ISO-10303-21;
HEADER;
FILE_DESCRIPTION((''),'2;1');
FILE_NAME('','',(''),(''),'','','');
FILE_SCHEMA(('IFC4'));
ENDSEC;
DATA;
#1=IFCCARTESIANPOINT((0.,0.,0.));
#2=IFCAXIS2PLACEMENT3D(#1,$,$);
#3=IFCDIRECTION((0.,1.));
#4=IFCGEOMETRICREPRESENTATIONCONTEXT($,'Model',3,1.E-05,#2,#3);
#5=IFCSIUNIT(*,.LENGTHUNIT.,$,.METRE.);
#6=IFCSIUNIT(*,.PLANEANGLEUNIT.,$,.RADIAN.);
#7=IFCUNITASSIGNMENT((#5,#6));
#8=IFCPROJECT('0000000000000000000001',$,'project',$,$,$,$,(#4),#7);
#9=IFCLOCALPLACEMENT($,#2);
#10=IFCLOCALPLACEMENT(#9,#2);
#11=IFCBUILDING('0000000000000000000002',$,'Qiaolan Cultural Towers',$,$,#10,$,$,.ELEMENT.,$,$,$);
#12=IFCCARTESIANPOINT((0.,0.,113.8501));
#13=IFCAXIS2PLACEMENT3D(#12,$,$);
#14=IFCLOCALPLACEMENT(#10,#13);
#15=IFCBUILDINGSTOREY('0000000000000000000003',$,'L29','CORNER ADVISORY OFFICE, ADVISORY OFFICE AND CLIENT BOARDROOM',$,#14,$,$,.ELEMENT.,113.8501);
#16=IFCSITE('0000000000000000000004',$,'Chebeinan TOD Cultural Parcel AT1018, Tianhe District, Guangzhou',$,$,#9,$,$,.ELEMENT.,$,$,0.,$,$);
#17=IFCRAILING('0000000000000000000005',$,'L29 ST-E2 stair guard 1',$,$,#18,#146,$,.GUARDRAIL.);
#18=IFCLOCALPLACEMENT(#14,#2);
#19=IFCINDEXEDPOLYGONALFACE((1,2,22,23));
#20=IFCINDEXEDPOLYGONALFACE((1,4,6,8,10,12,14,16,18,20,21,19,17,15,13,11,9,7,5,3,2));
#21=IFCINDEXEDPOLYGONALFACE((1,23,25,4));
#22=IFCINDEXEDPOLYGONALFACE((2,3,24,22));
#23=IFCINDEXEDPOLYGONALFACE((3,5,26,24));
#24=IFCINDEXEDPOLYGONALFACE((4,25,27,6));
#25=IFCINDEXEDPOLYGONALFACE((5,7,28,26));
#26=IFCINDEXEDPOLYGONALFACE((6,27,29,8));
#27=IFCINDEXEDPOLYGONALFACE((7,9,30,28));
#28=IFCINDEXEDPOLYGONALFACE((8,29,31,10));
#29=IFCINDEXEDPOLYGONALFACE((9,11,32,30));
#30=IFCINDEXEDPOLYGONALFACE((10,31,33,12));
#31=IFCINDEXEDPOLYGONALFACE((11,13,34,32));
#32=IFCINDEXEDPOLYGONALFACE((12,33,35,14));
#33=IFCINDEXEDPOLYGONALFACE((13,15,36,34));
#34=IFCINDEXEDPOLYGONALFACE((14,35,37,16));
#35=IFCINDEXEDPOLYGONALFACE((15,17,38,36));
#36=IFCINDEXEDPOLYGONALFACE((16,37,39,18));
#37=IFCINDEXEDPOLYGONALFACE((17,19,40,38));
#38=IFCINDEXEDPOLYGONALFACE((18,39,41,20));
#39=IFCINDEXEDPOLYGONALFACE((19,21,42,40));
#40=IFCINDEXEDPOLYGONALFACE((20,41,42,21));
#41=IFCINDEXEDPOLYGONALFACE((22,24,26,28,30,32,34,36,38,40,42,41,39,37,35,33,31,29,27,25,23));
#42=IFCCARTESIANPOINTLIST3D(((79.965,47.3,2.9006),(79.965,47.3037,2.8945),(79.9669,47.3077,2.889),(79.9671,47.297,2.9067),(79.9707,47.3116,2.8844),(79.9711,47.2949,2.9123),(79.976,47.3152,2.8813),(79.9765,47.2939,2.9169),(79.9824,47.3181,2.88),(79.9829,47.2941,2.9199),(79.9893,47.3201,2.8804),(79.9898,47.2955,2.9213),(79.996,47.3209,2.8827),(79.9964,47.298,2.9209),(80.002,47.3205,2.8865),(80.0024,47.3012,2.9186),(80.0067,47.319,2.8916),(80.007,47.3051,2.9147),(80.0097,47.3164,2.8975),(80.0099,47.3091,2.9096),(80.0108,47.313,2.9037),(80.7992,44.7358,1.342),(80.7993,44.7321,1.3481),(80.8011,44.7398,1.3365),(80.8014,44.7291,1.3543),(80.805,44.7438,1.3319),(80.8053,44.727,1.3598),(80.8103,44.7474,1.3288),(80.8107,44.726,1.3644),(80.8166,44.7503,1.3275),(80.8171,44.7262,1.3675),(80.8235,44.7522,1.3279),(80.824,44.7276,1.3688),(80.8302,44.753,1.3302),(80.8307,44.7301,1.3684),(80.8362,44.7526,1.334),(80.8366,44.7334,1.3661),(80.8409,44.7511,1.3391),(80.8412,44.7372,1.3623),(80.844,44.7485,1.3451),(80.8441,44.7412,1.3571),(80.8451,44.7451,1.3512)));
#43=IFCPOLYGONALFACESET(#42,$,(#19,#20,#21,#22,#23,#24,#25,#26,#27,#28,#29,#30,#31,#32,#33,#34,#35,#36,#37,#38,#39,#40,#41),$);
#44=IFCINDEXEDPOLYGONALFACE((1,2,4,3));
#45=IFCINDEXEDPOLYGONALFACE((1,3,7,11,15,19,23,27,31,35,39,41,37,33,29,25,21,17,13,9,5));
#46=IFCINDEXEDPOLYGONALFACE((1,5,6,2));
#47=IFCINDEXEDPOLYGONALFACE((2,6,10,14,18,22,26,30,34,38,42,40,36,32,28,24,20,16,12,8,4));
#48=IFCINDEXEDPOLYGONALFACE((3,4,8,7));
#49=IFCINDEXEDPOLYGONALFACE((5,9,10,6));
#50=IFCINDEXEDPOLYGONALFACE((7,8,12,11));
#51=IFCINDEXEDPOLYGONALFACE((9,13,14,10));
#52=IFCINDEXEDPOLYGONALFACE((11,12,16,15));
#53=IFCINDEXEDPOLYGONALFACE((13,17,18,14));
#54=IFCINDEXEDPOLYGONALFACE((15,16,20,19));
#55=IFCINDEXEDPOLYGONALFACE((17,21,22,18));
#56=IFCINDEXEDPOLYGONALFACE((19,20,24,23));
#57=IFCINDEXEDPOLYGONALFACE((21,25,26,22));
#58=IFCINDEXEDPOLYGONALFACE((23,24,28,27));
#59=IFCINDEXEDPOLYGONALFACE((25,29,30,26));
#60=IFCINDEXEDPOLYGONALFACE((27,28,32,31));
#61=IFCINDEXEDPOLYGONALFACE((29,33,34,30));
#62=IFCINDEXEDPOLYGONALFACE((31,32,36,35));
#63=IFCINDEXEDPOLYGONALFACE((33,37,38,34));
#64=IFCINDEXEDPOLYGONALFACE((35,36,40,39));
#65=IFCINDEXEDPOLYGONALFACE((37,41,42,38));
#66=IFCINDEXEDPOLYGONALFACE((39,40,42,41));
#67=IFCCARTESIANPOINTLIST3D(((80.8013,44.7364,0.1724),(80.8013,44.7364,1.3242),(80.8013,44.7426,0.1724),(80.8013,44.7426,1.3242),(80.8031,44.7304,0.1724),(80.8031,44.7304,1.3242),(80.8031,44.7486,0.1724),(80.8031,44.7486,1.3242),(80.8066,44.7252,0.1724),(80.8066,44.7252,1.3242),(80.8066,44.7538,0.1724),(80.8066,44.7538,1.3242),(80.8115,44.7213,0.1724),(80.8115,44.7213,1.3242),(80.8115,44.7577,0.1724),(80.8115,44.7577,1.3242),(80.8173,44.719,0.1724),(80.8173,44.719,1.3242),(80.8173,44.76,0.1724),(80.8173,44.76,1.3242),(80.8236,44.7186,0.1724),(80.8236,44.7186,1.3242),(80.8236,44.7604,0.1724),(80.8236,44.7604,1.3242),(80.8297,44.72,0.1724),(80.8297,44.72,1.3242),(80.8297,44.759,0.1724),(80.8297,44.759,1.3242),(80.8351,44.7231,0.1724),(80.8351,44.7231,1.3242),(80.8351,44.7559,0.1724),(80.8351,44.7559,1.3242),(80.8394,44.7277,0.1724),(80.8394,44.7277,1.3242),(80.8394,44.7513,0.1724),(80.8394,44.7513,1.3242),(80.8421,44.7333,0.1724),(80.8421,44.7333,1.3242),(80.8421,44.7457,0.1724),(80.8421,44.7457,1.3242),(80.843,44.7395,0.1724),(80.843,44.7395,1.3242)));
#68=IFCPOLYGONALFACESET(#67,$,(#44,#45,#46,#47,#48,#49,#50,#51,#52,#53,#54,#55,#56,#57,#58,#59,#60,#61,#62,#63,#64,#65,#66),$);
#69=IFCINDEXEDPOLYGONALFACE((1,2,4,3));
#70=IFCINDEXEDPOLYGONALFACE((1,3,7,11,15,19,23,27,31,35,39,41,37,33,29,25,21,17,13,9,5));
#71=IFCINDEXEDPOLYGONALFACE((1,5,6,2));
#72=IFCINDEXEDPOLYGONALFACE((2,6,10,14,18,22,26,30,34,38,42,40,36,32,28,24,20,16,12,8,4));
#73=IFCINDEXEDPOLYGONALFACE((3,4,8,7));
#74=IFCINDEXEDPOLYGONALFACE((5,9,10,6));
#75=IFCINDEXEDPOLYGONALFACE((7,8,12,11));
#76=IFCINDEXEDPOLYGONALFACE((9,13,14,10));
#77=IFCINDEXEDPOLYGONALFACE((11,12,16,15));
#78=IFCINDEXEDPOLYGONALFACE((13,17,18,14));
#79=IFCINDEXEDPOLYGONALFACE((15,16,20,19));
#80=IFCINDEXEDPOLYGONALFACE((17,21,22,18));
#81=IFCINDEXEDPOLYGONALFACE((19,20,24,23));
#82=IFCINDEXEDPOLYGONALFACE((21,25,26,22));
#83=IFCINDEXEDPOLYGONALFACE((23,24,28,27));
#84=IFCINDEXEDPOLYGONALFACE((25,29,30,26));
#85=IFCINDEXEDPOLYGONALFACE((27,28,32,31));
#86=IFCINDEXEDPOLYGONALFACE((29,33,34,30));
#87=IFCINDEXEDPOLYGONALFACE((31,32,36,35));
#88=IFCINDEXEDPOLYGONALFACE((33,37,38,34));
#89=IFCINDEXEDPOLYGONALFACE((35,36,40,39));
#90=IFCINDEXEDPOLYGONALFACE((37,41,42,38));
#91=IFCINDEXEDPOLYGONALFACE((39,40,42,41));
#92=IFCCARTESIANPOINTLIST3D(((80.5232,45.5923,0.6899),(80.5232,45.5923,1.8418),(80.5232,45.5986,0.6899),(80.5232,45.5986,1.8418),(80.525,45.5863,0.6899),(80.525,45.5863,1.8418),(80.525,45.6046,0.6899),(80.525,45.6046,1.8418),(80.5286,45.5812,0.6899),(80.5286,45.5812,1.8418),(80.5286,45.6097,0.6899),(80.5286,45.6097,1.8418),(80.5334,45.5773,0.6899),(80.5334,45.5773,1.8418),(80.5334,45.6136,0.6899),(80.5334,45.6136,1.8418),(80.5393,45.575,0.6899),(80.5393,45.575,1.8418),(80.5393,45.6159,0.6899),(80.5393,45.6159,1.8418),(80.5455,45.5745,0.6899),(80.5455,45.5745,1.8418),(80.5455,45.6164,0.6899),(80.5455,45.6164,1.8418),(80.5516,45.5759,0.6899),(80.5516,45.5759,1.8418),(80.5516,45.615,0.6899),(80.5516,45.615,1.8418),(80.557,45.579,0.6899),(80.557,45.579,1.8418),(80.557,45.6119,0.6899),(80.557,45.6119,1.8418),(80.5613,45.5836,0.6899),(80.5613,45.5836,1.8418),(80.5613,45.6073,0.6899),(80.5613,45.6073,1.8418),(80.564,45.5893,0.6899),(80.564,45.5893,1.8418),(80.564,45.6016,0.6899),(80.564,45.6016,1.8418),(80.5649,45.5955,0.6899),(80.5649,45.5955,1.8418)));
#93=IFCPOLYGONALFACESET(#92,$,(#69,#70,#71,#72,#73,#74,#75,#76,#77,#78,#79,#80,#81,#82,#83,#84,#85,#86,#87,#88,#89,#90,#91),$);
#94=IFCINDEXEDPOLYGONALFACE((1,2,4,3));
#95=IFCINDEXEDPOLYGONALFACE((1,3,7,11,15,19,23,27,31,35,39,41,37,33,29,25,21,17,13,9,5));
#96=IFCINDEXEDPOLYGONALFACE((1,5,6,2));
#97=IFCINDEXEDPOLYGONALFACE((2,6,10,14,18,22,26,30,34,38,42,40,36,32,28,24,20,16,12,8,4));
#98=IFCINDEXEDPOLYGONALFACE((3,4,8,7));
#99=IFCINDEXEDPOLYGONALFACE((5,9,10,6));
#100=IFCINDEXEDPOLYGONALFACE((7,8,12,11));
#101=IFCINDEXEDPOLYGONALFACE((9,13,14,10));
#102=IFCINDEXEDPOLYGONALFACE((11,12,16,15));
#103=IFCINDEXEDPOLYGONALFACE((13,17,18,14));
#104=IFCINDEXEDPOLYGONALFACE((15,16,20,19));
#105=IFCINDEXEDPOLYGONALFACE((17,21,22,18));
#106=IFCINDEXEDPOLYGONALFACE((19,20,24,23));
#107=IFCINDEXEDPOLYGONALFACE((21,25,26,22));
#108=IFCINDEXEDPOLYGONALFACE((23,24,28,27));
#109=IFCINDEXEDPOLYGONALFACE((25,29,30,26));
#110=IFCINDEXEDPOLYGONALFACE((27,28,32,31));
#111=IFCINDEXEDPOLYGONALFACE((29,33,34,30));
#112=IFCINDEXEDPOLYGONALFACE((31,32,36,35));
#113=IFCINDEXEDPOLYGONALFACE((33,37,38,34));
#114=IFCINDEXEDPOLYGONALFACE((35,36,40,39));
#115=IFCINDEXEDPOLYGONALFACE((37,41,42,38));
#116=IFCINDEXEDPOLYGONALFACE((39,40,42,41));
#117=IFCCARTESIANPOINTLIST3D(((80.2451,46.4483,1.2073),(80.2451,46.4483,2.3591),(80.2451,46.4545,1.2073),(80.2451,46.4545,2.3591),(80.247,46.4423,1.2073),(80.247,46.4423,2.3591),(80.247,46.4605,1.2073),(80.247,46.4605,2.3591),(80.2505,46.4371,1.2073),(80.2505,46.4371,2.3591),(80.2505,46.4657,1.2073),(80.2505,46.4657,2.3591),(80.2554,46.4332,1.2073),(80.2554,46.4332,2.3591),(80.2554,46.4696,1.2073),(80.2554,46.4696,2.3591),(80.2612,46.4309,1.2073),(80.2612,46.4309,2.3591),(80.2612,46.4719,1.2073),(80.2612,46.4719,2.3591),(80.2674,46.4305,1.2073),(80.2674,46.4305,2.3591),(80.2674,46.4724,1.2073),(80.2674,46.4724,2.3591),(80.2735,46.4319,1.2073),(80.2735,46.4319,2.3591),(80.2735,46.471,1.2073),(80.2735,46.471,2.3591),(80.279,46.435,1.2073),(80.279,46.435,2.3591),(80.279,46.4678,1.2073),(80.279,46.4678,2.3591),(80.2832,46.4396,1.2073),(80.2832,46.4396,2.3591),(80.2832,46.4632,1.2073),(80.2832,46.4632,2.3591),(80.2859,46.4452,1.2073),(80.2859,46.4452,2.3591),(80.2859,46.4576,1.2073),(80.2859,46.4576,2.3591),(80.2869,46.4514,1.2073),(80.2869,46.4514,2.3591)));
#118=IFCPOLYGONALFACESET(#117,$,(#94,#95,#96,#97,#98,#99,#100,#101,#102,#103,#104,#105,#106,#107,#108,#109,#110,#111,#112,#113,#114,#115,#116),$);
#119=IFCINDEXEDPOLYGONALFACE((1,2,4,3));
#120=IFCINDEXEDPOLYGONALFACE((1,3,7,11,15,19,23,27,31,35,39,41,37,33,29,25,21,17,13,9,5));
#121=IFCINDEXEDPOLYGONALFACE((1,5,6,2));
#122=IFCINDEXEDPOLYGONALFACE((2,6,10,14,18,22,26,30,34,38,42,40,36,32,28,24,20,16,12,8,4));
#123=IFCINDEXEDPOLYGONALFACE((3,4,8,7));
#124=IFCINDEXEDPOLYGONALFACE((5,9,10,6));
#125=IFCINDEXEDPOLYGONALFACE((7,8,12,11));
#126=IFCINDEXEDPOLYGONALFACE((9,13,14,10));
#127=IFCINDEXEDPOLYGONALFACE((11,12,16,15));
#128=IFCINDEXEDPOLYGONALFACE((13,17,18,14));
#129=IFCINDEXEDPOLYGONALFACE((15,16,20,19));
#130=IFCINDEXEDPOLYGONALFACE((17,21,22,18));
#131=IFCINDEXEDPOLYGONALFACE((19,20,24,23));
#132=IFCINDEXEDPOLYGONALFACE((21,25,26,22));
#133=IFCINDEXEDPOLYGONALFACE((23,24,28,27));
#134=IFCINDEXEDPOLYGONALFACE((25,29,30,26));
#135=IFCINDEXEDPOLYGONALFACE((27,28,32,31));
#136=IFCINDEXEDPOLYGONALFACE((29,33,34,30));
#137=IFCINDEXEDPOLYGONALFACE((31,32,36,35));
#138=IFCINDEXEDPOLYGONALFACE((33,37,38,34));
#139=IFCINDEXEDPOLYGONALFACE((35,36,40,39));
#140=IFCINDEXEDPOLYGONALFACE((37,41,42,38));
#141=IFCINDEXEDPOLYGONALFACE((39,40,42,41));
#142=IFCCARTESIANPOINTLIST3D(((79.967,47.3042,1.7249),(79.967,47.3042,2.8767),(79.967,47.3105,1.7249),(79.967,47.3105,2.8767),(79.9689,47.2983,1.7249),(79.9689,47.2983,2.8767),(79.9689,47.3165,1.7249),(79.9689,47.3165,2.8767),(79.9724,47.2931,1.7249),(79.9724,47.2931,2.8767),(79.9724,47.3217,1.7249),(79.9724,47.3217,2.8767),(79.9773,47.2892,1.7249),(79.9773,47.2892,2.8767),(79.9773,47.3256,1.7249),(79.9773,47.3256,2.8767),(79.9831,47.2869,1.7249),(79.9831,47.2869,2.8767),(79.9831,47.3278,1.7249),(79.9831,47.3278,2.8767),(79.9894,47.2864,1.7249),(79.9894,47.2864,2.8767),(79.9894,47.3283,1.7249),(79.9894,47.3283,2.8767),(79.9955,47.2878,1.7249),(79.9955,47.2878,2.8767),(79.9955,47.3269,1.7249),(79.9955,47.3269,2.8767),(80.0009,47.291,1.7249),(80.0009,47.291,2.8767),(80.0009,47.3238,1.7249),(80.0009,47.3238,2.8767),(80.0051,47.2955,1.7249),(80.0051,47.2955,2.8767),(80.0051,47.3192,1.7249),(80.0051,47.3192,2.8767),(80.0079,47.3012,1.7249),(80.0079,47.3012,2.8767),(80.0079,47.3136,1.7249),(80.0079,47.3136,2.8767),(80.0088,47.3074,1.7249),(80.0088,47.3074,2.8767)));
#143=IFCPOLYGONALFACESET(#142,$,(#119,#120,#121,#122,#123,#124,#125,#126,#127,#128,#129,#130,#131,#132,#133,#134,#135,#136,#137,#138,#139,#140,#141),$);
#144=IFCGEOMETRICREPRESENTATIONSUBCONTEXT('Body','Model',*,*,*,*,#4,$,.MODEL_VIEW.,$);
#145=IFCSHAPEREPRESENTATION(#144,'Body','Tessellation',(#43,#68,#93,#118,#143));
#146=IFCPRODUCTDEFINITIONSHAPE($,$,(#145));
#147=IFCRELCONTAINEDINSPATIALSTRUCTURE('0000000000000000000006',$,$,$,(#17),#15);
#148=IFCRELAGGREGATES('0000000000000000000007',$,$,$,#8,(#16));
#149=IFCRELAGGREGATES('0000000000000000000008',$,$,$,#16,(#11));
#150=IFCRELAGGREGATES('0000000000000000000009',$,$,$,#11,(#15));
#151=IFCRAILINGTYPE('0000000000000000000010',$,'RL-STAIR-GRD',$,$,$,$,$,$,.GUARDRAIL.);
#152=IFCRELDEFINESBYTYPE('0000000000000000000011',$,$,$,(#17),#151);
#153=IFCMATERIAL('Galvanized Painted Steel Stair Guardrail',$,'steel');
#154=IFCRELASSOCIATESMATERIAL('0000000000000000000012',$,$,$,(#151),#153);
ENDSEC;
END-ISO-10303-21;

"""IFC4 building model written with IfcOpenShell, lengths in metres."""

from ifc_helpers import new_model, si_unit, direction, frame, origin, origin_2d, place, context, subcontext, project, spatial, circle, extrude, material, type_object, element, save


model = new_model("IFC4")

# Units and contexts
model_context = context("Model", 3, precision=1e-05, world=origin(), true_north=direction((0.0, 1.0)))
body_context = subcontext(model_context, "Body", "Model", "MODEL_VIEW")
ifc_project = project(units=[si_unit("LENGTHUNIT", "METRE"), si_unit("PLANEANGLEUNIT", "RADIAN")], contexts=[model_context])

# Site, building, storey
site_placement = place(None, origin())
site = spatial("IfcSite", under=ifc_project, at=site_placement, Name="Chebeinan TOD Cultural Parcel AT1018, Tianhe District, Guangzhou", CompositionType="ELEMENT", RefElevation=0.0)
building_placement = place(site_placement, origin())
building = spatial("IfcBuilding", under=site, at=building_placement, Name="Qiaolan Cultural Towers", CompositionType="ELEMENT")
storey_placement = place(building_placement, frame((0.0, 0.0, 113.8501)))
storey = spatial("IfcBuildingStorey", under=building, at=storey_placement, Name="L29", Description="CORNER ADVISORY OFFICE, ADVISORY OFFICE AND CLIENT BOARDROOM", CompositionType="ELEMENT", Elevation=113.8501)

# Railing
ifc_material_1 = material(Name="Galvanized Painted Steel Stair Guardrail", Category="steel")
railing_type_1 = type_object("IfcRailingType", Name="RL-STAIR-GRD", PredefinedType="GUARDRAIL", material=ifc_material_1)
railing_1_placement = place(storey_placement, frame((80.822, 44.7395, 0.1724)))
element("IfcRailing", 1, at=railing_1_placement, inside=storey, type_object=railing_type_1, Name="L29 ST-E2 stair guard 1", PredefinedType="GUARDRAIL", context=body_context, shape_type="SweptSolid", body=[
    extrude(circle(Radius=0.0239, at=origin_2d()), frame((0.0, 0.0, 1.1758), z_axis=(-0.267853, 0.824488, 0.498471), x_axis=(-0.95107, -0.308976, 0.0)), (0.0, 0.0, 1.0), 3.1145),
    extrude(circle(Radius=0.021, at=origin_2d()), origin(), (0.0, 0.0, 1.0), 1.1519),
    extrude(circle(Radius=0.021, at=origin_2d()), frame((-0.2781, 0.856, 0.5176)), (0.0, 0.0, 1.0), 1.1519),
    extrude(circle(Radius=0.021, at=origin_2d()), frame((-0.5562, 1.7119, 1.0349)), (0.0, 0.0, 1.0), 1.1519),
    extrude(circle(Radius=0.021, at=origin_2d()), frame((-0.8342, 2.5679, 1.5525)), (0.0, 0.0, 1.0), 1.1519),
])

save(model, "model.ifc")
